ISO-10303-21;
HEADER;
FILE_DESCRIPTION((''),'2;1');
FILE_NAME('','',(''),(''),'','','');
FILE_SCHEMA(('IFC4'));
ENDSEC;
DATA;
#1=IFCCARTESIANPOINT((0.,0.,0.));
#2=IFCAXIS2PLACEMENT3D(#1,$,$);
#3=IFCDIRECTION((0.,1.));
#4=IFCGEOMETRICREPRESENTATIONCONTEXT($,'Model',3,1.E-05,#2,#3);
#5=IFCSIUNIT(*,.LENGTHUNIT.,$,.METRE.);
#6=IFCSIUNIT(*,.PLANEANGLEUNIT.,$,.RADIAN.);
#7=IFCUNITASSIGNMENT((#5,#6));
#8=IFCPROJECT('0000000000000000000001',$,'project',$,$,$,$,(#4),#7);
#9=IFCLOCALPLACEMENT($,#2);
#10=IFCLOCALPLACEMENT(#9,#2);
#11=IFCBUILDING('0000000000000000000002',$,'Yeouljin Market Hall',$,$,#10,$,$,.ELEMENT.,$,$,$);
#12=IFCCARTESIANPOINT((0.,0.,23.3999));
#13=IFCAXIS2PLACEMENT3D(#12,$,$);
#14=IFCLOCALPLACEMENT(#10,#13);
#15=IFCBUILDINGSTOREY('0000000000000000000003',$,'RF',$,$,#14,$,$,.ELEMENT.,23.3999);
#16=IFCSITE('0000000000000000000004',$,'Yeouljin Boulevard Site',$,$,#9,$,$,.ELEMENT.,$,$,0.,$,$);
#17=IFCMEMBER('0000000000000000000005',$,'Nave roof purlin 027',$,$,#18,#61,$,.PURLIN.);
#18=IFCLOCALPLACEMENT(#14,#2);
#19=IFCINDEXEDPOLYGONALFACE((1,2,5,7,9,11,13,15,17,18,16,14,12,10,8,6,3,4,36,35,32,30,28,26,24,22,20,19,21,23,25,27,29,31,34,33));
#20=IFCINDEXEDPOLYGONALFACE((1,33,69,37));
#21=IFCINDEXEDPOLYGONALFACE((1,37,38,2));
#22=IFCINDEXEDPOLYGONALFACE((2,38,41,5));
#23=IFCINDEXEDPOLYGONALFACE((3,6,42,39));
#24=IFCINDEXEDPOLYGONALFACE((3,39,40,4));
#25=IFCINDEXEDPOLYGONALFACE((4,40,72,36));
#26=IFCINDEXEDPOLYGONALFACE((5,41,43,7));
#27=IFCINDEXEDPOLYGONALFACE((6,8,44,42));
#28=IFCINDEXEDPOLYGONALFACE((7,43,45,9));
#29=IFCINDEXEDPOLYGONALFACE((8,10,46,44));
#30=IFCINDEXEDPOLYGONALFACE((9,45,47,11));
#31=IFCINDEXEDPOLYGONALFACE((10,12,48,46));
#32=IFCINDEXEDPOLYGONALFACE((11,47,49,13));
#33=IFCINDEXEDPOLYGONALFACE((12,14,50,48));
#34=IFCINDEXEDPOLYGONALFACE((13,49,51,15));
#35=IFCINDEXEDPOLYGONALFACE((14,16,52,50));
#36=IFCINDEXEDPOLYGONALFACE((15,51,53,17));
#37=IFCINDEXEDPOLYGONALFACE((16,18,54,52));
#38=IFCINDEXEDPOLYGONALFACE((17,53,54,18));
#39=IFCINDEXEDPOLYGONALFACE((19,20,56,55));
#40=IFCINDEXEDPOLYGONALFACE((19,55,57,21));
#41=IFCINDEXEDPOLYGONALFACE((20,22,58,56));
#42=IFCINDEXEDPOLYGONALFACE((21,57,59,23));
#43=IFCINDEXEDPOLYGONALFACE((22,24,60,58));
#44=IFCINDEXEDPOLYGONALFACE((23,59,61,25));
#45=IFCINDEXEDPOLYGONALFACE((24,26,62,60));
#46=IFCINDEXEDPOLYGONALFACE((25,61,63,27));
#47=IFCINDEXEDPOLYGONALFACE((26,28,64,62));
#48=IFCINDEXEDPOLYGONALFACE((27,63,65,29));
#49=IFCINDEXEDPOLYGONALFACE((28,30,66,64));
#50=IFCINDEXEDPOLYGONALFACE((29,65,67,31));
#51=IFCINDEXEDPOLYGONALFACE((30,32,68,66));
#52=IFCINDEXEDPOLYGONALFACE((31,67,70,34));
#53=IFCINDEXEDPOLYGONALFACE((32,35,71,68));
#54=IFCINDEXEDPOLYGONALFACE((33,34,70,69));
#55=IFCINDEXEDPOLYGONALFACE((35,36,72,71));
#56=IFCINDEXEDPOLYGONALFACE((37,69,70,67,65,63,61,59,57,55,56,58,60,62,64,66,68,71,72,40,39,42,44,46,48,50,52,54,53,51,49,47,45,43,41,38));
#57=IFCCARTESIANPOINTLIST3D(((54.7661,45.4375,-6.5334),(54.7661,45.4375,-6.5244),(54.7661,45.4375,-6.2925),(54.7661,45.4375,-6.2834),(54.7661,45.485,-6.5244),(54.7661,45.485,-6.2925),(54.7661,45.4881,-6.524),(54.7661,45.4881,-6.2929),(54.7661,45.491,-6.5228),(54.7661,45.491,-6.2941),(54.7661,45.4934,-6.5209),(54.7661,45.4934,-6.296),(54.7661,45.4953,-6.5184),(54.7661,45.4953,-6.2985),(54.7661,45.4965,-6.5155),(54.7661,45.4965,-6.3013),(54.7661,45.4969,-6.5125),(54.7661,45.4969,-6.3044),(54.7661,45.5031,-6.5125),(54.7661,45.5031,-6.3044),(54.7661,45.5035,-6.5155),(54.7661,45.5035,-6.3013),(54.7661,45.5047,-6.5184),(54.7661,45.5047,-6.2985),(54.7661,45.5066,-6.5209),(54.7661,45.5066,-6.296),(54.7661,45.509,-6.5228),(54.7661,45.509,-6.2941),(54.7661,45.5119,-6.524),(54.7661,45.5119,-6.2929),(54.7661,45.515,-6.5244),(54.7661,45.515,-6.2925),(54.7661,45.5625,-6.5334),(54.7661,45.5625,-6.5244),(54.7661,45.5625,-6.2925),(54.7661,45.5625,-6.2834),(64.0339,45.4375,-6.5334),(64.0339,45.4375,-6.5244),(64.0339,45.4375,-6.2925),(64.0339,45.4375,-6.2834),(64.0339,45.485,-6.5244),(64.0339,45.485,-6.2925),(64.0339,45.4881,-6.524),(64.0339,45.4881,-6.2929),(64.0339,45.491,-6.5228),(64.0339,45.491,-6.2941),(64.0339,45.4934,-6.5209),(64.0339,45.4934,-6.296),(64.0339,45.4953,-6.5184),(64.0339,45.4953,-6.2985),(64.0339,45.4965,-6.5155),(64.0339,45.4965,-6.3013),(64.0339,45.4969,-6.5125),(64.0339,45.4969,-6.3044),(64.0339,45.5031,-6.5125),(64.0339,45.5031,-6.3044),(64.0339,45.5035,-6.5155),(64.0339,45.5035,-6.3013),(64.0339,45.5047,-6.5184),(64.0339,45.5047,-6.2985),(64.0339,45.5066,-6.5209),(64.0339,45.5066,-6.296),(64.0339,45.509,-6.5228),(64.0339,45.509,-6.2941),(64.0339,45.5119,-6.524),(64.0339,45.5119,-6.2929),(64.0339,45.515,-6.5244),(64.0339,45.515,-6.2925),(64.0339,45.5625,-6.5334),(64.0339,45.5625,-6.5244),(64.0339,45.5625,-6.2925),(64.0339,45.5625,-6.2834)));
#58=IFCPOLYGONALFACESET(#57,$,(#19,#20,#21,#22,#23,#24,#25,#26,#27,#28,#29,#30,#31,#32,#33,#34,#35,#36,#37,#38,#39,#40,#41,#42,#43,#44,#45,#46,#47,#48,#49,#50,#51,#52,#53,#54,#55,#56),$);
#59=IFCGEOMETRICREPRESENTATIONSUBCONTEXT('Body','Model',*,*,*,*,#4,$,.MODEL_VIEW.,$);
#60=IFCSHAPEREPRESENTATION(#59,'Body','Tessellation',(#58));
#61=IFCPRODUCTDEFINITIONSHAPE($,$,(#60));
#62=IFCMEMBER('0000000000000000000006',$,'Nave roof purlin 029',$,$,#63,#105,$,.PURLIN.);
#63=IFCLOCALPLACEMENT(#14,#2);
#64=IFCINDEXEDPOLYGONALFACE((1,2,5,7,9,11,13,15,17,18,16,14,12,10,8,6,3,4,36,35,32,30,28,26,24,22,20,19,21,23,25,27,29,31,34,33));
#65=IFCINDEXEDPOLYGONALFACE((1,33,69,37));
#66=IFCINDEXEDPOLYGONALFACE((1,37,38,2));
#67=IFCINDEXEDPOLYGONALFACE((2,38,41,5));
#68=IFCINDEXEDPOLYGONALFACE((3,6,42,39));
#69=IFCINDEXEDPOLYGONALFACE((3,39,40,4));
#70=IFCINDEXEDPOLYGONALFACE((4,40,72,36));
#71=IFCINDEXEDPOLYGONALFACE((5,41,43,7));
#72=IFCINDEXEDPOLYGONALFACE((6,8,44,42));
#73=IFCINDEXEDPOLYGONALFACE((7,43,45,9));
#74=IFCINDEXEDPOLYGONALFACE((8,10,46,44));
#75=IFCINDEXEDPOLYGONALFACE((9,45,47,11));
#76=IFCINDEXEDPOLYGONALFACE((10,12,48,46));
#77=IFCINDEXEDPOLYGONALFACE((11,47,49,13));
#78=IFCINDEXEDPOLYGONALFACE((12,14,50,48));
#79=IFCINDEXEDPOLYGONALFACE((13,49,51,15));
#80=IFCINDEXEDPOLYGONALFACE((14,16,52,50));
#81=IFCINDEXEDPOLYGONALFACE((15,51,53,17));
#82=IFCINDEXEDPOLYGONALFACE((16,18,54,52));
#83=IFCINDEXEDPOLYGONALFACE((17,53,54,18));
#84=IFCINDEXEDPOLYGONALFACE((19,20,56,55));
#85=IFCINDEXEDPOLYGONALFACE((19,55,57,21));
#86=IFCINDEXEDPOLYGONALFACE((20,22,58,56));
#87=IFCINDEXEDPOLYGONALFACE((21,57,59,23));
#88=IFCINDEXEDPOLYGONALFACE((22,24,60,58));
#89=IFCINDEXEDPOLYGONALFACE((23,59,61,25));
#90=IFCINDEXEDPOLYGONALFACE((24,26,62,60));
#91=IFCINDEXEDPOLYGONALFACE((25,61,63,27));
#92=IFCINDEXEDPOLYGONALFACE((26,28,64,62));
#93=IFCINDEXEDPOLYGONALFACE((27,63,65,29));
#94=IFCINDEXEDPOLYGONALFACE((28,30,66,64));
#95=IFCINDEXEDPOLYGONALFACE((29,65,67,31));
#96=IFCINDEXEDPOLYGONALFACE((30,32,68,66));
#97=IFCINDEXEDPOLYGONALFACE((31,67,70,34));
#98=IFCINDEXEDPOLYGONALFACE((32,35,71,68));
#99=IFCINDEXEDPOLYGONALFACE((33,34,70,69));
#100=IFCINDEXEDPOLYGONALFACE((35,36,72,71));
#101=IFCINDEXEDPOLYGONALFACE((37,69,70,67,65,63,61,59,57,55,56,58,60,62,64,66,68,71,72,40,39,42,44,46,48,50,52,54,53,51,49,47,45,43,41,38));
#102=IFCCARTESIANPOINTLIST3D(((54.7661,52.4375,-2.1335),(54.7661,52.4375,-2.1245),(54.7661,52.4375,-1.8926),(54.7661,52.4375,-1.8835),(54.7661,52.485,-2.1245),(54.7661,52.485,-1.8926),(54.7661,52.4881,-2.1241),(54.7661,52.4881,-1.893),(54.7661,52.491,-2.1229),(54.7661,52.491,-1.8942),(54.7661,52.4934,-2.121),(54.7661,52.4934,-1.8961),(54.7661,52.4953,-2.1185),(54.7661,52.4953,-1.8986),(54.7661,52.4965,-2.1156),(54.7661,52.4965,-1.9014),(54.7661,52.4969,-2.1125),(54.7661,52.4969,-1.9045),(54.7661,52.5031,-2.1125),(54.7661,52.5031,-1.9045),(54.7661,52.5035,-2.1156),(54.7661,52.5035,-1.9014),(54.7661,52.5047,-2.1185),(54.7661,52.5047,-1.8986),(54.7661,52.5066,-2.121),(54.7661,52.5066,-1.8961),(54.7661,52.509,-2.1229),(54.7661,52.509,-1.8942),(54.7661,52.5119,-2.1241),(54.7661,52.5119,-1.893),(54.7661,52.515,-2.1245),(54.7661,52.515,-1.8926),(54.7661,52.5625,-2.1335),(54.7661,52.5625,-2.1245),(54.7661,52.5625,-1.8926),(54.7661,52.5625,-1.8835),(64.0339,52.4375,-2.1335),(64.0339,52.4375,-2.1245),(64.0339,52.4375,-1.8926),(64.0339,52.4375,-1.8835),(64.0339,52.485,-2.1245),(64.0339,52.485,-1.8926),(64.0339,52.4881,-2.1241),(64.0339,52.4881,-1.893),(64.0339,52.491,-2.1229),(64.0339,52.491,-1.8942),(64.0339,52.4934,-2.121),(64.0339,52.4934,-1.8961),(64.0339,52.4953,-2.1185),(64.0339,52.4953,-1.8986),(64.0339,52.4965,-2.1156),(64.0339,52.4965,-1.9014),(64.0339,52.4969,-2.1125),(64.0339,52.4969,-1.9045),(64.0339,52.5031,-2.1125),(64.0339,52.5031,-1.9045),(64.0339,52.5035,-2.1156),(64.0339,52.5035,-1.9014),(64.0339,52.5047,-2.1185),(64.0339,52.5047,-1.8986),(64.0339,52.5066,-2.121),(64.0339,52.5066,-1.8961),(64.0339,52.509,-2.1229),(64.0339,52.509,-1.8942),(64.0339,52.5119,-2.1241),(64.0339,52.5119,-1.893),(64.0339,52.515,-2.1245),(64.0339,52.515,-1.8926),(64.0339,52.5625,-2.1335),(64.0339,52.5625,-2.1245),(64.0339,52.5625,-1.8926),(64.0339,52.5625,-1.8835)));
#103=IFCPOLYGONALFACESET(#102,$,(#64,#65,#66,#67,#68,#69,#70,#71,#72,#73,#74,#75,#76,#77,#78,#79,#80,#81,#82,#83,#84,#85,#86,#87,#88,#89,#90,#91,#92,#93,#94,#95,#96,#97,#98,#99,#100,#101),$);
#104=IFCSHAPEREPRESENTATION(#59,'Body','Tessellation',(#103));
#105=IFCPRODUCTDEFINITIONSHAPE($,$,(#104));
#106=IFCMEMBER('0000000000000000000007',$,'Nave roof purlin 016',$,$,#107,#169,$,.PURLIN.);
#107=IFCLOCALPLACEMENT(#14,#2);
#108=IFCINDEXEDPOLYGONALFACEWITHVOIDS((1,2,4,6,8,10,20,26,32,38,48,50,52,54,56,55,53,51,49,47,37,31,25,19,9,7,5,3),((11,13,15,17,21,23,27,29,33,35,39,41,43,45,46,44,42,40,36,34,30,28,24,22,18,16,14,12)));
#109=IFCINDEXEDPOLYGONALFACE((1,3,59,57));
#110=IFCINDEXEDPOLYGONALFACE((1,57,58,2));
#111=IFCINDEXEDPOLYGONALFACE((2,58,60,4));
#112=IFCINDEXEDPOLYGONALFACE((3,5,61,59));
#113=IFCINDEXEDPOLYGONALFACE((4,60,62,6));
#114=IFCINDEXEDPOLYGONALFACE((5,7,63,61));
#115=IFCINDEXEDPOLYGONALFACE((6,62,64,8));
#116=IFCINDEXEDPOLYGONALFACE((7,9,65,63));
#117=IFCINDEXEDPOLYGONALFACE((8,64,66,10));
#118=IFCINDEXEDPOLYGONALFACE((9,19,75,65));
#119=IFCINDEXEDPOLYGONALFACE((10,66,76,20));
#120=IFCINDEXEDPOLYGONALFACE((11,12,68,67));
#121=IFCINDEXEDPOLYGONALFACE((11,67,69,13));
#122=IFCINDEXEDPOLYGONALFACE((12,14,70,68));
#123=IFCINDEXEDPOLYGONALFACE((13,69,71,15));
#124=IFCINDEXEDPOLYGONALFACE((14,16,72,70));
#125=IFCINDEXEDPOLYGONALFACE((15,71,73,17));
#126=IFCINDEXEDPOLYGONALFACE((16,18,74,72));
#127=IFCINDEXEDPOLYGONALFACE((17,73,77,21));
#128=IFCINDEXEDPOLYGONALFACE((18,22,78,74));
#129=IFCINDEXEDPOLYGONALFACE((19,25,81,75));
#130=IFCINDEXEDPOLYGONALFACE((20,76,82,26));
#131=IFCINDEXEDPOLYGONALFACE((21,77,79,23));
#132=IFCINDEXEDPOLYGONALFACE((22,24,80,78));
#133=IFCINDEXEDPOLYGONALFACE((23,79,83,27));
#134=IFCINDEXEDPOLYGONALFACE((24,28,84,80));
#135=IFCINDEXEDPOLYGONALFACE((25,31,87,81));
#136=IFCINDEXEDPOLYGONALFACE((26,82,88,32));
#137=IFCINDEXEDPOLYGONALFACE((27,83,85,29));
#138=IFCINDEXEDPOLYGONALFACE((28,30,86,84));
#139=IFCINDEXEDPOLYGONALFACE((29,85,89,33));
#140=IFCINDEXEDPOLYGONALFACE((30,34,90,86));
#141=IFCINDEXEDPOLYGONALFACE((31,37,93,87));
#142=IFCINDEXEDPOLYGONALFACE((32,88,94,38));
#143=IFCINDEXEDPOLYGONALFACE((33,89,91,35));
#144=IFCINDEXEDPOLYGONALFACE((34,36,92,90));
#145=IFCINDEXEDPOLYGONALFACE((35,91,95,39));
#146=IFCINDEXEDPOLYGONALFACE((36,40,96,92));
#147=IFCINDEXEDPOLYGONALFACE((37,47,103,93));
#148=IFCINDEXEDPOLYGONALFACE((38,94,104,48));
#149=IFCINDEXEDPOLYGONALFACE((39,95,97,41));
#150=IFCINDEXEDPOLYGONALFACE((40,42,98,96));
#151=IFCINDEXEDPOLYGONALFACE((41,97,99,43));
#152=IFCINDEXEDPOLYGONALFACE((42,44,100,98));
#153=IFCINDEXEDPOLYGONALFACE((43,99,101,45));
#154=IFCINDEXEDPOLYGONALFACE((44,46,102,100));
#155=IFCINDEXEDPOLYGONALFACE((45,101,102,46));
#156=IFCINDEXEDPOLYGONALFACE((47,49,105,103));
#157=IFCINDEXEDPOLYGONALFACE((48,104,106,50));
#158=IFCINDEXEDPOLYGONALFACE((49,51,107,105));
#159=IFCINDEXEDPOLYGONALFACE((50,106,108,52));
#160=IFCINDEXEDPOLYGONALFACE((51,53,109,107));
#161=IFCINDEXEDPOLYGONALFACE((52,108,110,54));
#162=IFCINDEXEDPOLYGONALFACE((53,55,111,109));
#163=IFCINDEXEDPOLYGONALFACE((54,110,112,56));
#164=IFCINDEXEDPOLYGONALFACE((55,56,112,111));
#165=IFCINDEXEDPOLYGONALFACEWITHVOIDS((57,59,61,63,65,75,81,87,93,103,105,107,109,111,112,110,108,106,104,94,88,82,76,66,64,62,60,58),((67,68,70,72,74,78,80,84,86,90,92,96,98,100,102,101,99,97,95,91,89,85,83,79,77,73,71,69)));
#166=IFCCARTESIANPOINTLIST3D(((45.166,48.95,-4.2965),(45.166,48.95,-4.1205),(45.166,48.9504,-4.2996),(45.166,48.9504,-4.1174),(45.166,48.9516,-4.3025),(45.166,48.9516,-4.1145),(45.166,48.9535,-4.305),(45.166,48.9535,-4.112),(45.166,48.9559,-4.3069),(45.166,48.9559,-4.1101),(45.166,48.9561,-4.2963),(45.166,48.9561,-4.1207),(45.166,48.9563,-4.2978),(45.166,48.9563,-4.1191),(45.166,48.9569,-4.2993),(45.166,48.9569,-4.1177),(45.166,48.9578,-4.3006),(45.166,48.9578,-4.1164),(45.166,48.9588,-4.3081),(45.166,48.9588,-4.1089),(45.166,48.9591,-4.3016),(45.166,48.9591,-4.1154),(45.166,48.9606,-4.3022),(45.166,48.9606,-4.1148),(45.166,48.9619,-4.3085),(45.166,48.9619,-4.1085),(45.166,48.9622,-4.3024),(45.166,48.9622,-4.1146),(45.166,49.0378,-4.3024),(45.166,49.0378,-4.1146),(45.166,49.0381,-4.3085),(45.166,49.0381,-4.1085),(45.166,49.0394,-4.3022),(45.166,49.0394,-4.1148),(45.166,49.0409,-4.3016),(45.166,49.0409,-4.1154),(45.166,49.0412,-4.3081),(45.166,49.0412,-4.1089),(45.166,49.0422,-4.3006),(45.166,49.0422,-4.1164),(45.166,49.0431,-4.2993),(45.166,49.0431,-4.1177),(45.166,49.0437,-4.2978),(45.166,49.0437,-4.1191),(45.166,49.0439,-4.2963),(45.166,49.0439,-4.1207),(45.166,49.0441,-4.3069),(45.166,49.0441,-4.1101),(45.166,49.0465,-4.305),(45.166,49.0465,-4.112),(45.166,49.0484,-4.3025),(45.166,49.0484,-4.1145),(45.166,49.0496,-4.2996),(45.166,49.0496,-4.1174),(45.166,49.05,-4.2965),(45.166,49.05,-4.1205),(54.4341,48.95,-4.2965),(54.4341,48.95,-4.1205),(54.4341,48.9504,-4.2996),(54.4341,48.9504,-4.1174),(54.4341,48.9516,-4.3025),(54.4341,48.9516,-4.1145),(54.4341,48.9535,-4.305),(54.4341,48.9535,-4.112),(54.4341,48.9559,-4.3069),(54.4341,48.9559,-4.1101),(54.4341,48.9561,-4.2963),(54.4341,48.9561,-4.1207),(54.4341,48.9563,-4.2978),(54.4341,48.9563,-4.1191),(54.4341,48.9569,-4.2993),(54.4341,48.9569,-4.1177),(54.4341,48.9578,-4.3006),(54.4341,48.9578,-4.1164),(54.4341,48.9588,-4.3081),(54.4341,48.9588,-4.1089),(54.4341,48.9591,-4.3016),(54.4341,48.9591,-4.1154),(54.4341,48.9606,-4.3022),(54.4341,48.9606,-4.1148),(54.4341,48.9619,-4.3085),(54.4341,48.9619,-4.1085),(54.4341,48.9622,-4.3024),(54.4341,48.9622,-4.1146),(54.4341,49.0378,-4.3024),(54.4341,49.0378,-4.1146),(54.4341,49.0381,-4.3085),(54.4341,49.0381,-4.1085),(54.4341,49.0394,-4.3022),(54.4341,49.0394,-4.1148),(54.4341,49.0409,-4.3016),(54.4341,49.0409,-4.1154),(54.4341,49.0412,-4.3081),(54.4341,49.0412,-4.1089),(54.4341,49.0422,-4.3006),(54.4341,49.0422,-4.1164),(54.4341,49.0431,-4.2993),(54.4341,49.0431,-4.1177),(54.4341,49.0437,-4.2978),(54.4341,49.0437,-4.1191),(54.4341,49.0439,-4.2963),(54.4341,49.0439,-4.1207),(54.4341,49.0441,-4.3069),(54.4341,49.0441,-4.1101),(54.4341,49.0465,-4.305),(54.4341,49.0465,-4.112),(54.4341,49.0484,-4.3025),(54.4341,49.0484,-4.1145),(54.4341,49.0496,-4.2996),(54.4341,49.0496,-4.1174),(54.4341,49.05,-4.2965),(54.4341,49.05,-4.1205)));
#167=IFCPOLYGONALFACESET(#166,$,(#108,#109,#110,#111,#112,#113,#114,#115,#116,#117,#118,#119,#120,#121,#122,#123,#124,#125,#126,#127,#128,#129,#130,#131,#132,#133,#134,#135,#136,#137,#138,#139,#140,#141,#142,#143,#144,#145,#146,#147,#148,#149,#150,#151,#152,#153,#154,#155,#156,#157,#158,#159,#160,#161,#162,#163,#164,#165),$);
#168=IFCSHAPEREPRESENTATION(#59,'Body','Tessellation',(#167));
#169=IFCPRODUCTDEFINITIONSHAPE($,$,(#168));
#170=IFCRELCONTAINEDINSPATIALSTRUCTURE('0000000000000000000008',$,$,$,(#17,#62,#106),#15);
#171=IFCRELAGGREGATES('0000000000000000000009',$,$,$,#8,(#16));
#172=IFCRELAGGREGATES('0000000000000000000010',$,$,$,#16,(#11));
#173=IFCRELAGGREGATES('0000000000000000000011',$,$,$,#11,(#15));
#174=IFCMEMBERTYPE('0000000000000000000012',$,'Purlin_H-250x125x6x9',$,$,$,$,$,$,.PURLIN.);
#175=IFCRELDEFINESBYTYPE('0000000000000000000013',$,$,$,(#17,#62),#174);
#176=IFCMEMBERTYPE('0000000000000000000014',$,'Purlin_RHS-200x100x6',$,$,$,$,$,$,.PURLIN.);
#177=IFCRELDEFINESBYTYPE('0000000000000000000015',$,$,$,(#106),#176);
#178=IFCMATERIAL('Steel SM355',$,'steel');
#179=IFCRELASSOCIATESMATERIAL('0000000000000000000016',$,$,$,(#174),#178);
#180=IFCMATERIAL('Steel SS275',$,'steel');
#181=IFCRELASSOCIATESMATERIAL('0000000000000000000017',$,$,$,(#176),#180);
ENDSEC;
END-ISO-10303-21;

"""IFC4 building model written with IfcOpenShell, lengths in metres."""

from ifc_helpers import new_model, si_unit, direction, frame, origin, origin_2d, place, context, subcontext, project, spatial, hollow_rectangle, i_section, extrude, material, material_profile, profile_set, type_object, element, save


model = new_model("IFC4")

# Units and contexts
model_context = context("Model", 3, precision=1e-05, world=origin(), true_north=direction((0.0, 1.0)))
body_context = subcontext(model_context, "Body", "Model", "MODEL_VIEW")
ifc_project = project(units=[si_unit("LENGTHUNIT", "METRE"), si_unit("PLANEANGLEUNIT", "RADIAN")], contexts=[model_context])

# Site, building, storey
site_placement = place(None, origin())
site = spatial("IfcSite", under=ifc_project, at=site_placement, Name="Yeouljin Boulevard Site", CompositionType="ELEMENT", RefElevation=0.0)
building_placement = place(site_placement, origin())
building = spatial("IfcBuilding", under=site, at=building_placement, Name="Yeouljin Market Hall", CompositionType="ELEMENT")
storey_placement = place(building_placement, frame((0.0, 0.0, 23.3999)))
storey = spatial("IfcBuildingStorey", under=building, at=storey_placement, Name="RF", CompositionType="ELEMENT", Elevation=23.3999)

# Members
ifc_material_1 = material(Name="Steel SM355", Category="steel")
ifc_material_profile_1 = material_profile(ifc_material_1, i_section(OverallWidth=0.125, OverallDepth=0.25, WebThickness=0.0061, FlangeThickness=0.009, FilletRadius=0.012, at=origin_2d()), Name="H-250x125x6x9")
ifc_profile_set_1 = profile_set([ifc_material_profile_1], Name="Steel SM355")
member_type_1 = type_object("IfcMemberType", Name="Purlin_H-250x125x6x9", PredefinedType="PURLIN", material=ifc_profile_set_1)
for number, where, z_axis, x_axis, name in (
    (1, (54.7661, 45.5, -6.4084), (1.0, 0.0, 0.0), (0.0, 1.0, 0.0), "Nave roof purlin 027"),
    (2, (54.7661, 52.5, -2.0085), (1.0, 0.0, 0.0), (0.0, 1.0, 0.0), "Nave roof purlin 029"),
):
    element("IfcMember", number, at=place(storey_placement, frame(where, z_axis=z_axis, x_axis=x_axis)), inside=storey, type_object=member_type_1, Name=name, PredefinedType="PURLIN", context=body_context, shape_type="SweptSolid", body=[
        extrude(i_section(OverallWidth=0.125, OverallDepth=0.25, WebThickness=0.0061, FlangeThickness=0.009, FilletRadius=0.012, at=origin_2d()), origin(), (0.0, 0.0, 1.0), 9.2678),
    ])
ifc_material_2 = material(Name="Steel SS275", Category="steel")
ifc_material_profile_2 = material_profile(ifc_material_2, hollow_rectangle(XDim=0.1001, YDim=0.2, WallThickness=0.0061, InnerFilletRadius=0.0061, OuterFilletRadius=0.012, at=origin_2d()), Name="RHS-200x100x6")
ifc_profile_set_2 = profile_set([ifc_material_profile_2], Name="Steel SS275")
member_type_2 = type_object("IfcMemberType", Name="Purlin_RHS-200x100x6", PredefinedType="PURLIN", material=ifc_profile_set_2)
for number, where, z_axis, x_axis, name in (
    (3, (45.166, 49.0, -4.2085), (1.0, 0.0, 0.0), (0.0, 1.0, 0.0), "Nave roof purlin 016"),
):
    element("IfcMember", number, at=place(storey_placement, frame(where, z_axis=z_axis, x_axis=x_axis)), inside=storey, type_object=member_type_2, Name=name, PredefinedType="PURLIN", context=body_context, shape_type="SweptSolid", body=[
        extrude(hollow_rectangle(XDim=0.1001, YDim=0.2, WallThickness=0.0061, InnerFilletRadius=0.0061, OuterFilletRadius=0.012, at=origin_2d()), origin(), (0.0, 0.0, 1.0), 9.2681),
    ])

save(model, "model.ifc")
